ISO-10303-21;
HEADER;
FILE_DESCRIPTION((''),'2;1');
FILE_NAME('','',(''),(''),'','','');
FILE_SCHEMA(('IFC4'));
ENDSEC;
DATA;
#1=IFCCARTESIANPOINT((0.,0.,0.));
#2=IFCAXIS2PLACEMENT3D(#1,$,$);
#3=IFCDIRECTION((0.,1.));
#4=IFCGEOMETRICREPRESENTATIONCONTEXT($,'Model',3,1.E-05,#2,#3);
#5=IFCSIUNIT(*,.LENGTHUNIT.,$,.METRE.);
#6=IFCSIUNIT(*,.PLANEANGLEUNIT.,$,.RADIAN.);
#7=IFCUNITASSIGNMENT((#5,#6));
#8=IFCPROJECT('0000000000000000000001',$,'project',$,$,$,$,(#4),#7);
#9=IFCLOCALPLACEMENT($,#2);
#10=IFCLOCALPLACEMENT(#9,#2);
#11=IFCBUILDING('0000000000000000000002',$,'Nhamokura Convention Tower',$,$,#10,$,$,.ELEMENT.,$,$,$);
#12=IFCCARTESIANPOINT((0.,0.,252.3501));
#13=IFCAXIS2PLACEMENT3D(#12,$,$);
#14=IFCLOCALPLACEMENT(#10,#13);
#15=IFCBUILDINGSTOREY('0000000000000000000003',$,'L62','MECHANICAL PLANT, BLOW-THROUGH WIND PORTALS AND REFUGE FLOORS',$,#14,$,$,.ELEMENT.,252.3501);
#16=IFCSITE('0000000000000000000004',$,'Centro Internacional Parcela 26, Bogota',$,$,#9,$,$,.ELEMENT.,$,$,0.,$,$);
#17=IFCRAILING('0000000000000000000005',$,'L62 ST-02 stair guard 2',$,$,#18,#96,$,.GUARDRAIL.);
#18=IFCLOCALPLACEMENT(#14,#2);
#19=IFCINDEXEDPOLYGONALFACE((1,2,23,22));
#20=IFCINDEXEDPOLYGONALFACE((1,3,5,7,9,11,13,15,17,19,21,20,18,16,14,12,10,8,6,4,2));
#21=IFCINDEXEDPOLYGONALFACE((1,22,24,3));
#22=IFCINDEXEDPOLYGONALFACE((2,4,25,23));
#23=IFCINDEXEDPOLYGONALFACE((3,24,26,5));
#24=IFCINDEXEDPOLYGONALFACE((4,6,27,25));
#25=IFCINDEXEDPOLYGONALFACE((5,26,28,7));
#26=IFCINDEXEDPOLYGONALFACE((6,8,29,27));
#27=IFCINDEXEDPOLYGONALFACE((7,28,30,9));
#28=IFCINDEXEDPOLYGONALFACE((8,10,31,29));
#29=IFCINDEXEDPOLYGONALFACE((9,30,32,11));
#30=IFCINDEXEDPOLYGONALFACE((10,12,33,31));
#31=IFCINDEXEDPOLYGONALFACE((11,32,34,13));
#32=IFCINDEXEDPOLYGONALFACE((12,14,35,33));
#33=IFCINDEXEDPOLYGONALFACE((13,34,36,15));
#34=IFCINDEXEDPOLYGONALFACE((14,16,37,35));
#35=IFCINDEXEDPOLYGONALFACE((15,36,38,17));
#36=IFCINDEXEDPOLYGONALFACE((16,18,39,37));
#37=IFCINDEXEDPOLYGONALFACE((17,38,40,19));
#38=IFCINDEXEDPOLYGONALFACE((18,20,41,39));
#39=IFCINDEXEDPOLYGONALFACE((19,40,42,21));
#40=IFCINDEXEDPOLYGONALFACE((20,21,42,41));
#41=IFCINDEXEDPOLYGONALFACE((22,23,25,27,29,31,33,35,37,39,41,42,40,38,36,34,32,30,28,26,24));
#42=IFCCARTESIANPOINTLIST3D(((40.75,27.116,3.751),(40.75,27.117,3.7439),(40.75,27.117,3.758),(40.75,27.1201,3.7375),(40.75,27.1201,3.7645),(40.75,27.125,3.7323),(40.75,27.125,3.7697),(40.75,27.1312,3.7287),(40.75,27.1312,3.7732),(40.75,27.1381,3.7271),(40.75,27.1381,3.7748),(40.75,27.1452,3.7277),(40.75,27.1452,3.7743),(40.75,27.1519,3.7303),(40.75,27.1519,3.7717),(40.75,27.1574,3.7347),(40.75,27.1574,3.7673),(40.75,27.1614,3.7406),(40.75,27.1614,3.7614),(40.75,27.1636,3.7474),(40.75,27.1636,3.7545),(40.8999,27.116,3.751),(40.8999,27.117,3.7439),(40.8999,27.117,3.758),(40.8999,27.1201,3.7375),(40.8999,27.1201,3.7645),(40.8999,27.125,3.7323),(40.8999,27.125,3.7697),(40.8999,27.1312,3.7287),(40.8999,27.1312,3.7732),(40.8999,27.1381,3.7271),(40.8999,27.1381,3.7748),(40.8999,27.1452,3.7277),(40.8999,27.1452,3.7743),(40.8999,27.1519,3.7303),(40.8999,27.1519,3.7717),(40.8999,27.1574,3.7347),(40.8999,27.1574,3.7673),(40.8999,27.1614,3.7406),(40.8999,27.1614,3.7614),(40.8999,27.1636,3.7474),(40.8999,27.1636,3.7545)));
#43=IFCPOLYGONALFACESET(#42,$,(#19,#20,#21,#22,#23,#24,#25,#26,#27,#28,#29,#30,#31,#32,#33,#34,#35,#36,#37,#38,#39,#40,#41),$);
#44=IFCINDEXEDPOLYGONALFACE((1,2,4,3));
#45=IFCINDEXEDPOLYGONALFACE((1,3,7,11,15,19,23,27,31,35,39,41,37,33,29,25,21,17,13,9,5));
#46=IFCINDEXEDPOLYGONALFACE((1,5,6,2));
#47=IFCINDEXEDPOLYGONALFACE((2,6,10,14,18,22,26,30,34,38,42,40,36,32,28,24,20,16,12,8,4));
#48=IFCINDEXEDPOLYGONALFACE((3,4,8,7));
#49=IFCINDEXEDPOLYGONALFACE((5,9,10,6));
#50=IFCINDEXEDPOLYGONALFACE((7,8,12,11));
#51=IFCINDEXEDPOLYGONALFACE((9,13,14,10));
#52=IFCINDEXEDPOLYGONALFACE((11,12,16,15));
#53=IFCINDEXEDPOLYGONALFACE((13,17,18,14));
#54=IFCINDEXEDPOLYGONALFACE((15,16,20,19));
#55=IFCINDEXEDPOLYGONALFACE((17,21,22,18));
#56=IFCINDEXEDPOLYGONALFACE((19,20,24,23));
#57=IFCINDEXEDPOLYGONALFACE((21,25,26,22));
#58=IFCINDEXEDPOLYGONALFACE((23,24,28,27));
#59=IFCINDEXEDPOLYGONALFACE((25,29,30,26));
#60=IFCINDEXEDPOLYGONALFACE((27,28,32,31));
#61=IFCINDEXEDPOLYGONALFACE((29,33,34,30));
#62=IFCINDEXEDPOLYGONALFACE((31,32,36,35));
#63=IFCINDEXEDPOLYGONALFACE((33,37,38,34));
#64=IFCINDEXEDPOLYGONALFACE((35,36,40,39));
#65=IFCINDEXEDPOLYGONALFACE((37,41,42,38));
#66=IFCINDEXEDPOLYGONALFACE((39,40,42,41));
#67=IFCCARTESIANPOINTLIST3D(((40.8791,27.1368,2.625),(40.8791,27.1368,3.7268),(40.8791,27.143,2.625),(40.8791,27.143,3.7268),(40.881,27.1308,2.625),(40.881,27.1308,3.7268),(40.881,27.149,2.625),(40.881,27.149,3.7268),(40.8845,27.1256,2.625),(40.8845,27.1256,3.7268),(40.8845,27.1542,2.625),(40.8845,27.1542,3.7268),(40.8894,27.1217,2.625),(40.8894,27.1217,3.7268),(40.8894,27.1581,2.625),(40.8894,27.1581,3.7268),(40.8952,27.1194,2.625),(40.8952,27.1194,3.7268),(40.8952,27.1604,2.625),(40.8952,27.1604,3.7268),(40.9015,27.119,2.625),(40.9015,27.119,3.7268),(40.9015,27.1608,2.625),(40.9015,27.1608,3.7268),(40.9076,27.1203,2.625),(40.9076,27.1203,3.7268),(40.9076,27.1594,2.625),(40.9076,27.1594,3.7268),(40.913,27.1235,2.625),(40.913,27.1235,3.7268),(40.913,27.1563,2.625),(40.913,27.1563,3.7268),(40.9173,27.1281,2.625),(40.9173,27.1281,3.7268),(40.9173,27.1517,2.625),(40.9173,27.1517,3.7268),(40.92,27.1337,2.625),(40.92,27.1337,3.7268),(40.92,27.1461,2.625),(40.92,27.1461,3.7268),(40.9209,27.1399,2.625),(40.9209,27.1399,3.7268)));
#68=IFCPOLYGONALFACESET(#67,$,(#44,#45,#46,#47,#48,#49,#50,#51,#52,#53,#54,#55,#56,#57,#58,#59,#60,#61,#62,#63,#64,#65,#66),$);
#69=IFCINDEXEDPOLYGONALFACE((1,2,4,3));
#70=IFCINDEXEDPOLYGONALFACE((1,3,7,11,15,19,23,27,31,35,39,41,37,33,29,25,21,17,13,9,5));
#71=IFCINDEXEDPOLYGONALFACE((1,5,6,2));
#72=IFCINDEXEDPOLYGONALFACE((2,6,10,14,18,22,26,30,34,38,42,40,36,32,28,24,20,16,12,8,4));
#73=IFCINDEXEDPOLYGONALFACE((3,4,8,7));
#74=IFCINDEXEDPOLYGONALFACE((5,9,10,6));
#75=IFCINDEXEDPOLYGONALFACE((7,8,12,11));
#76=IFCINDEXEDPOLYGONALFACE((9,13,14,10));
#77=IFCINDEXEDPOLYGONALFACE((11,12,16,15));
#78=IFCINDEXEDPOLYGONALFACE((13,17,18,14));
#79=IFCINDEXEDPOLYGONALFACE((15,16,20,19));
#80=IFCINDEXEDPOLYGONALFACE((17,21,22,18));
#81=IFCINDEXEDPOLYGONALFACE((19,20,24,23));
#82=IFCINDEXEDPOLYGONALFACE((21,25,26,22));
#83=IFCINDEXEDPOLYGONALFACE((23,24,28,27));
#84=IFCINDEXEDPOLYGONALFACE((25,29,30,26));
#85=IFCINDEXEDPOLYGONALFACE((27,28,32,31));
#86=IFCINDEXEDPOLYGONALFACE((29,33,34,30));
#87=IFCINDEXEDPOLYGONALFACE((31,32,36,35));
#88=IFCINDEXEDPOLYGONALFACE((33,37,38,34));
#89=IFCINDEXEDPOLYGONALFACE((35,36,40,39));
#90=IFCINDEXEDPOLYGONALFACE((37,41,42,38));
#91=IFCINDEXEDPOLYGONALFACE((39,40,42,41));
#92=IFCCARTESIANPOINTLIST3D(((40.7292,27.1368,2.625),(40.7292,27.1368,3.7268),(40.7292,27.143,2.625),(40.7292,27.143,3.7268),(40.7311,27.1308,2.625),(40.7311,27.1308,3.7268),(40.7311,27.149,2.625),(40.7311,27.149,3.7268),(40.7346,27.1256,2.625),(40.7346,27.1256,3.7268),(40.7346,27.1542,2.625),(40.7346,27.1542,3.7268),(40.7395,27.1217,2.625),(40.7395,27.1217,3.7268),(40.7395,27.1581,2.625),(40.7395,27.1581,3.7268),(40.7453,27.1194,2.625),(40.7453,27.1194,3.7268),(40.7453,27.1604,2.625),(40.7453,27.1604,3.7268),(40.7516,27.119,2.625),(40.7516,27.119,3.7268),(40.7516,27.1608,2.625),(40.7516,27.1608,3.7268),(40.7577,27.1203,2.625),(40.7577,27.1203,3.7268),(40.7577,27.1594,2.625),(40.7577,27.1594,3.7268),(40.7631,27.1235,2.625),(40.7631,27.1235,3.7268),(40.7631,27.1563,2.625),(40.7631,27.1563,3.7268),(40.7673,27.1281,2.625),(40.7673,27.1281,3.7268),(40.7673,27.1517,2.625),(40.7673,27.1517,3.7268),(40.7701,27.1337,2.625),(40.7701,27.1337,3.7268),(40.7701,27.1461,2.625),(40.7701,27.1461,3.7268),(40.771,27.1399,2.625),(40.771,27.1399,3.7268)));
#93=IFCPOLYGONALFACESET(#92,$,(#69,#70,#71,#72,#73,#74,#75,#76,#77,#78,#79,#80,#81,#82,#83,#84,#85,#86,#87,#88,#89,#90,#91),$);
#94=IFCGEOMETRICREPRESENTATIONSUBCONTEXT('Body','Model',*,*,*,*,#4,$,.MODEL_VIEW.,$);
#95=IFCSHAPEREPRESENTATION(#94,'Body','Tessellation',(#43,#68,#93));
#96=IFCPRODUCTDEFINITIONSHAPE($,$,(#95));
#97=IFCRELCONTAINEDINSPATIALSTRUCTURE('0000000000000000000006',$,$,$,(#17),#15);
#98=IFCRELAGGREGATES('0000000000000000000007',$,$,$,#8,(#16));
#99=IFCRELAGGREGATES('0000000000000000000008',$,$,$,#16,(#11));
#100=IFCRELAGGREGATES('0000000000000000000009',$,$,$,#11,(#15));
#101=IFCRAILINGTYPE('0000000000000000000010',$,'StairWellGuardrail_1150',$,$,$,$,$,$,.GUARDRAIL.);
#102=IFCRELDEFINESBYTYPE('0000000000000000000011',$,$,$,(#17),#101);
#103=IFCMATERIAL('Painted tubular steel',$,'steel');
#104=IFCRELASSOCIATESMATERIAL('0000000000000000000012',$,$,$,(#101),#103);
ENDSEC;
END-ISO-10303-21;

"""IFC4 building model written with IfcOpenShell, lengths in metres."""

from ifc_helpers import new_model, si_unit, direction, frame, origin, origin_2d, place, context, subcontext, project, spatial, circle, extrude, material, type_object, element, save


model = new_model("IFC4")

# Units and contexts
model_context = context("Model", 3, precision=1e-05, world=origin(), true_north=direction((0.0, 1.0)))
body_context = subcontext(model_context, "Body", "Model", "MODEL_VIEW")
ifc_project = project(units=[si_unit("LENGTHUNIT", "METRE"), si_unit("PLANEANGLEUNIT", "RADIAN")], contexts=[model_context])

# Site, building, storey
site_placement = place(None, origin())
site = spatial("IfcSite", under=ifc_project, at=site_placement, Name="Centro Internacional Parcela 26, Bogota", CompositionType="ELEMENT", RefElevation=0.0)
building_placement = place(site_placement, origin())
building = spatial("IfcBuilding", under=site, at=building_placement, Name="Nhamokura Convention Tower", CompositionType="ELEMENT")
storey_placement = place(building_placement, frame((0.0, 0.0, 252.3501)))
storey = spatial("IfcBuildingStorey", under=building, at=storey_placement, Name="L62", Description="MECHANICAL PLANT, BLOW-THROUGH WIND PORTALS AND REFUGE FLOORS", CompositionType="ELEMENT", Elevation=252.3501)

# Railing
ifc_material_1 = material(Name="Painted tubular steel", Category="steel")
railing_type_1 = type_object("IfcRailingType", Name="StairWellGuardrail_1150", PredefinedType="GUARDRAIL", material=ifc_material_1)
railing_1_placement = place(storey_placement, frame((40.8999, 27.1399, 2.625)))
element("IfcRailing", 1, at=railing_1_placement, inside=storey, type_object=railing_type_1, Name="L62 ST-02 stair guard 2", PredefinedType="GUARDRAIL", context=body_context, shape_type="SweptSolid", body=[
    extrude(circle(Radius=0.0239, at=origin_2d()), frame((0.0, 0.0, 1.126), z_axis=(-1.0, 0.0, 0.0), x_axis=(0.0, -1.0, 0.0)), (0.0, 0.0, 1.0), 0.1499),
    extrude(circle(Radius=0.021, at=origin_2d()), origin(), (0.0, 0.0, 1.0), 1.1018),
    extrude(circle(Radius=0.021, at=origin_2d()), frame((-0.1499, 0.0, 0.0)), (0.0, 0.0, 1.0), 1.1018),
])

save(model, "model.ifc")
